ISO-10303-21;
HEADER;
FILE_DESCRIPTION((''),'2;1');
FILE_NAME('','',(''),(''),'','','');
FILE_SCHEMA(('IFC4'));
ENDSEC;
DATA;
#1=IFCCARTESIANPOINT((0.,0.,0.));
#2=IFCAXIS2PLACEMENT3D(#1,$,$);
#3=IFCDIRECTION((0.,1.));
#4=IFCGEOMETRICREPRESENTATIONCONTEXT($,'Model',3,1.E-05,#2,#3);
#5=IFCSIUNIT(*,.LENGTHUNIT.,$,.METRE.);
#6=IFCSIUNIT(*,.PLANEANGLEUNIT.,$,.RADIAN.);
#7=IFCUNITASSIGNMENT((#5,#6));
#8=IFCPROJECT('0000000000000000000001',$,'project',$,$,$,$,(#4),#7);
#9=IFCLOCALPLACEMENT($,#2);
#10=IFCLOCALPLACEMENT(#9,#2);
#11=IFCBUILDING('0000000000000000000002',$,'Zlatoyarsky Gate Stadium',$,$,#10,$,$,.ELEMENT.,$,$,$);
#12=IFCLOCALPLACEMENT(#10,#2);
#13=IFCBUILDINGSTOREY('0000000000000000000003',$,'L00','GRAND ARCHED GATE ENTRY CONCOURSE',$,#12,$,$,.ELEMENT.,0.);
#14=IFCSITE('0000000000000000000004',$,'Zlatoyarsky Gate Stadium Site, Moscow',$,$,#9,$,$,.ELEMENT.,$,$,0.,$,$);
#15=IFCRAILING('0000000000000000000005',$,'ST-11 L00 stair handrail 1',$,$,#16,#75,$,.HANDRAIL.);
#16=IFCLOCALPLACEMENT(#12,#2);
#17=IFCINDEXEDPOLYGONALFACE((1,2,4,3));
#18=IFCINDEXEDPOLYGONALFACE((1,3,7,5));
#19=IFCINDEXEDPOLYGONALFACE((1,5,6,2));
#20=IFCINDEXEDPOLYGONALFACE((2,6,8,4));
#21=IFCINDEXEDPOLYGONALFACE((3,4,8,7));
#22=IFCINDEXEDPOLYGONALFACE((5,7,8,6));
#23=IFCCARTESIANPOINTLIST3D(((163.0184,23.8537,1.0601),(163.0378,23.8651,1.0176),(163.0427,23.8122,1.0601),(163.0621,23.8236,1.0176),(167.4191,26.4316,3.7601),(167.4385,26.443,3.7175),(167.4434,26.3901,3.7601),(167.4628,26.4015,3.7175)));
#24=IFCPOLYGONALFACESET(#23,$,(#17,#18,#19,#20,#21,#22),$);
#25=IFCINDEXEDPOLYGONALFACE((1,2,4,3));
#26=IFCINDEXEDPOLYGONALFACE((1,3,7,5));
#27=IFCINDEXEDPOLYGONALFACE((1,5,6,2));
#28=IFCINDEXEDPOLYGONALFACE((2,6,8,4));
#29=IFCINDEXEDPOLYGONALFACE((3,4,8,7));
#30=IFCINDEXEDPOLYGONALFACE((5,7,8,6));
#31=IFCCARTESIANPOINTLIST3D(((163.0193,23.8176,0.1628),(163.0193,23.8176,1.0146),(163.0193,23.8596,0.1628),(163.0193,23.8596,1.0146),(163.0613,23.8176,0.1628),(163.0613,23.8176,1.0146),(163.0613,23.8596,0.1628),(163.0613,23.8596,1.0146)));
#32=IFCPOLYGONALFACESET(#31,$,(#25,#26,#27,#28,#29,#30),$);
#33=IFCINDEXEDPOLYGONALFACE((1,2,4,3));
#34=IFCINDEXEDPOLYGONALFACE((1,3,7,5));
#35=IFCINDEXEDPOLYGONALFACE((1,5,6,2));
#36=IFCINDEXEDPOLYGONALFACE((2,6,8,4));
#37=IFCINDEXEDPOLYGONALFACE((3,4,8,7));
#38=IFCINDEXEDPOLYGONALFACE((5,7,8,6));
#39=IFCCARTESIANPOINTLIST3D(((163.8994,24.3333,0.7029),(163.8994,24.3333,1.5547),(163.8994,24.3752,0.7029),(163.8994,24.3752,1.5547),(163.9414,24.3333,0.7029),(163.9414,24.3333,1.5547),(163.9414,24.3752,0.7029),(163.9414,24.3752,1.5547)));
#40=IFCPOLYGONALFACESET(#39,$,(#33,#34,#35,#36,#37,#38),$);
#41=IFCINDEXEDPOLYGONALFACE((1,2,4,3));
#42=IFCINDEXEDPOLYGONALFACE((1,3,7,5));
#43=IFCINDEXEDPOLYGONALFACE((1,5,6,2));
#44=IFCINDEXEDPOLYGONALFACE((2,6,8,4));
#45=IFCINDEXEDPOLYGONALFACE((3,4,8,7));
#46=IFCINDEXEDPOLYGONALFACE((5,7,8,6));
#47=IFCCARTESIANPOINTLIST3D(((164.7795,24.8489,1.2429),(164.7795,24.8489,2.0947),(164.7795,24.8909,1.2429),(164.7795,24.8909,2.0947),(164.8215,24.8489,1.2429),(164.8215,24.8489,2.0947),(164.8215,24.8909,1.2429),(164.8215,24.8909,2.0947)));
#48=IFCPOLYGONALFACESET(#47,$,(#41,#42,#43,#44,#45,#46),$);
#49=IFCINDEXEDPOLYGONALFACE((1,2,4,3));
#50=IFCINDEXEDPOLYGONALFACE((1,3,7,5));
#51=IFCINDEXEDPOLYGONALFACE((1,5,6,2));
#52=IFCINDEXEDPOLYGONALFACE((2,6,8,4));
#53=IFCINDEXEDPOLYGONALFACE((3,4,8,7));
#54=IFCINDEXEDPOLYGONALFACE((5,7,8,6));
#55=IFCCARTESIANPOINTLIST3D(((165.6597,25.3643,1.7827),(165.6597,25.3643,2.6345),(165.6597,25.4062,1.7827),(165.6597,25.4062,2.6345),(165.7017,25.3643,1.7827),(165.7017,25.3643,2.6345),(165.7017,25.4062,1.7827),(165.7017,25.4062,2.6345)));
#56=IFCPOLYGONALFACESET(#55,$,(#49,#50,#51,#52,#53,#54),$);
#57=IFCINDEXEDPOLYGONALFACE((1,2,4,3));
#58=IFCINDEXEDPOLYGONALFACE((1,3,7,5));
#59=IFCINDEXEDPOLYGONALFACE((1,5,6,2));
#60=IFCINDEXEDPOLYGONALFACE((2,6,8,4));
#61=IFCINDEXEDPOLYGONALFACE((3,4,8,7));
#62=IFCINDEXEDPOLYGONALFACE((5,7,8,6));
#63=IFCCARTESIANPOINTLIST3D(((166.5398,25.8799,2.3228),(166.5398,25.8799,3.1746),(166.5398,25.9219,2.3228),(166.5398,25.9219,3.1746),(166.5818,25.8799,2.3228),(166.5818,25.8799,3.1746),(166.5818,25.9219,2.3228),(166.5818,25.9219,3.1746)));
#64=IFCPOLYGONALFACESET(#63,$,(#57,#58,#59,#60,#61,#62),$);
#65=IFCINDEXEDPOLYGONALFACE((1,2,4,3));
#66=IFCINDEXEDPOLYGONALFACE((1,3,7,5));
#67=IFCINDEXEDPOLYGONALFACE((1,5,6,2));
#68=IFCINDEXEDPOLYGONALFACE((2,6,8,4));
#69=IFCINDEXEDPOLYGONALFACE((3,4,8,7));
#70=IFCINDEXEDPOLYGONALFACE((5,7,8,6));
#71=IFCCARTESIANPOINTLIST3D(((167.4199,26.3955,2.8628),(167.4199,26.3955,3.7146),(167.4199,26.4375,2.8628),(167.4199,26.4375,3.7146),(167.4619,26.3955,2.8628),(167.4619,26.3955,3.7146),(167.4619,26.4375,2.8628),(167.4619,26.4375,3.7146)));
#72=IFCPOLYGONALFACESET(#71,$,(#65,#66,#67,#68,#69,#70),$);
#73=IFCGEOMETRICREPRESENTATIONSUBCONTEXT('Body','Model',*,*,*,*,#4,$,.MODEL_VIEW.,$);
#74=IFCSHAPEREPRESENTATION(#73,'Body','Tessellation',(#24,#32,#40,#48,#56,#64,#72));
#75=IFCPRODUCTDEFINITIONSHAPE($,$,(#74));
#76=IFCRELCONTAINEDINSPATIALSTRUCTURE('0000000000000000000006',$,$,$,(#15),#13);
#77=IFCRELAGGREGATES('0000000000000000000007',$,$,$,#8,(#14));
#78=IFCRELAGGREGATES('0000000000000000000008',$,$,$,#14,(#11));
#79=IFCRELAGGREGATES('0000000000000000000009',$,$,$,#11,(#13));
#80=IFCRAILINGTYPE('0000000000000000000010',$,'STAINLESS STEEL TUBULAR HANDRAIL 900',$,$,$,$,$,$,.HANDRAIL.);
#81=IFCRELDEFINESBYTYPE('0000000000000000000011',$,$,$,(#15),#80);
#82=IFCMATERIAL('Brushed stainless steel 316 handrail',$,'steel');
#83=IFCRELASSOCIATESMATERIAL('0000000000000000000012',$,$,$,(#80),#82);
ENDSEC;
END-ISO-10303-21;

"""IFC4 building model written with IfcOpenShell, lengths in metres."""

from ifc_helpers import new_model, si_unit, direction, frame, origin, origin_2d, place, context, subcontext, project, spatial, rectangle, extrude, material, type_object, element, save


model = new_model("IFC4")

# Units and contexts
model_context = context("Model", 3, precision=1e-05, world=origin(), true_north=direction((0.0, 1.0)))
body_context = subcontext(model_context, "Body", "Model", "MODEL_VIEW")
ifc_project = project(units=[si_unit("LENGTHUNIT", "METRE"), si_unit("PLANEANGLEUNIT", "RADIAN")], contexts=[model_context])

# Site, building, storey
site_placement = place(None, origin())
site = spatial("IfcSite", under=ifc_project, at=site_placement, Name="Zlatoyarsky Gate Stadium Site, Moscow", CompositionType="ELEMENT", RefElevation=0.0)
building_placement = place(site_placement, origin())
building = spatial("IfcBuilding", under=site, at=building_placement, Name="Zlatoyarsky Gate Stadium", CompositionType="ELEMENT")
storey_placement = place(building_placement, origin())
storey = spatial("IfcBuildingStorey", under=building, at=storey_placement, Name="L00", Description="GRAND ARCHED GATE ENTRY CONCOURSE", CompositionType="ELEMENT", Elevation=0.0)

# Railing
ifc_material_1 = material(Name="Brushed stainless steel 316 handrail", Category="steel")
railing_type_1 = type_object("IfcRailingType", Name="STAINLESS STEEL TUBULAR HANDRAIL 900", PredefinedType="HANDRAIL", material=ifc_material_1)
railing_1_placement = place(storey_placement, frame((163.0403, 23.8386, 0.1628)))
element("IfcRailing", 1, at=railing_1_placement, inside=storey, type_object=railing_type_1, Name="ST-11 L00 stair handrail 1", PredefinedType="HANDRAIL", context=body_context, shape_type="SweptSolid", body=[
    extrude(rectangle(XDim=0.0481, YDim=0.0481, at=origin_2d()), frame((0.0, 0.0, 0.876), z_axis=(0.762585, 0.44672, 0.467874), x_axis=(-0.505457, 0.862852, 0.0)), (0.0, 0.0, 1.0), 5.7708),
    extrude(rectangle(XDim=0.042, YDim=0.042, at=origin_2d()), origin(), (0.0, 0.0, 1.0), 0.8518),
    extrude(rectangle(XDim=0.042, YDim=0.042, at=origin_2d()), frame((0.8801, 0.5156, 0.54)), (0.0, 0.0, 1.0), 0.8518),
    extrude(rectangle(XDim=0.042, YDim=0.042, at=origin_2d()), frame((1.7603, 1.0312, 1.0801)), (0.0, 0.0, 1.0), 0.8518),
    extrude(rectangle(XDim=0.042, YDim=0.042, at=origin_2d()), frame((2.6404, 1.5466, 1.6199)), (0.0, 0.0, 1.0), 0.8518),
    extrude(rectangle(XDim=0.042, YDim=0.042, at=origin_2d()), frame((3.5205, 2.0623, 2.1599)), (0.0, 0.0, 1.0), 0.8518),
    extrude(rectangle(XDim=0.042, YDim=0.042, at=origin_2d()), frame((4.4006, 2.5779, 2.7)), (0.0, 0.0, 1.0), 0.8518),
])

save(model, "model.ifc")
